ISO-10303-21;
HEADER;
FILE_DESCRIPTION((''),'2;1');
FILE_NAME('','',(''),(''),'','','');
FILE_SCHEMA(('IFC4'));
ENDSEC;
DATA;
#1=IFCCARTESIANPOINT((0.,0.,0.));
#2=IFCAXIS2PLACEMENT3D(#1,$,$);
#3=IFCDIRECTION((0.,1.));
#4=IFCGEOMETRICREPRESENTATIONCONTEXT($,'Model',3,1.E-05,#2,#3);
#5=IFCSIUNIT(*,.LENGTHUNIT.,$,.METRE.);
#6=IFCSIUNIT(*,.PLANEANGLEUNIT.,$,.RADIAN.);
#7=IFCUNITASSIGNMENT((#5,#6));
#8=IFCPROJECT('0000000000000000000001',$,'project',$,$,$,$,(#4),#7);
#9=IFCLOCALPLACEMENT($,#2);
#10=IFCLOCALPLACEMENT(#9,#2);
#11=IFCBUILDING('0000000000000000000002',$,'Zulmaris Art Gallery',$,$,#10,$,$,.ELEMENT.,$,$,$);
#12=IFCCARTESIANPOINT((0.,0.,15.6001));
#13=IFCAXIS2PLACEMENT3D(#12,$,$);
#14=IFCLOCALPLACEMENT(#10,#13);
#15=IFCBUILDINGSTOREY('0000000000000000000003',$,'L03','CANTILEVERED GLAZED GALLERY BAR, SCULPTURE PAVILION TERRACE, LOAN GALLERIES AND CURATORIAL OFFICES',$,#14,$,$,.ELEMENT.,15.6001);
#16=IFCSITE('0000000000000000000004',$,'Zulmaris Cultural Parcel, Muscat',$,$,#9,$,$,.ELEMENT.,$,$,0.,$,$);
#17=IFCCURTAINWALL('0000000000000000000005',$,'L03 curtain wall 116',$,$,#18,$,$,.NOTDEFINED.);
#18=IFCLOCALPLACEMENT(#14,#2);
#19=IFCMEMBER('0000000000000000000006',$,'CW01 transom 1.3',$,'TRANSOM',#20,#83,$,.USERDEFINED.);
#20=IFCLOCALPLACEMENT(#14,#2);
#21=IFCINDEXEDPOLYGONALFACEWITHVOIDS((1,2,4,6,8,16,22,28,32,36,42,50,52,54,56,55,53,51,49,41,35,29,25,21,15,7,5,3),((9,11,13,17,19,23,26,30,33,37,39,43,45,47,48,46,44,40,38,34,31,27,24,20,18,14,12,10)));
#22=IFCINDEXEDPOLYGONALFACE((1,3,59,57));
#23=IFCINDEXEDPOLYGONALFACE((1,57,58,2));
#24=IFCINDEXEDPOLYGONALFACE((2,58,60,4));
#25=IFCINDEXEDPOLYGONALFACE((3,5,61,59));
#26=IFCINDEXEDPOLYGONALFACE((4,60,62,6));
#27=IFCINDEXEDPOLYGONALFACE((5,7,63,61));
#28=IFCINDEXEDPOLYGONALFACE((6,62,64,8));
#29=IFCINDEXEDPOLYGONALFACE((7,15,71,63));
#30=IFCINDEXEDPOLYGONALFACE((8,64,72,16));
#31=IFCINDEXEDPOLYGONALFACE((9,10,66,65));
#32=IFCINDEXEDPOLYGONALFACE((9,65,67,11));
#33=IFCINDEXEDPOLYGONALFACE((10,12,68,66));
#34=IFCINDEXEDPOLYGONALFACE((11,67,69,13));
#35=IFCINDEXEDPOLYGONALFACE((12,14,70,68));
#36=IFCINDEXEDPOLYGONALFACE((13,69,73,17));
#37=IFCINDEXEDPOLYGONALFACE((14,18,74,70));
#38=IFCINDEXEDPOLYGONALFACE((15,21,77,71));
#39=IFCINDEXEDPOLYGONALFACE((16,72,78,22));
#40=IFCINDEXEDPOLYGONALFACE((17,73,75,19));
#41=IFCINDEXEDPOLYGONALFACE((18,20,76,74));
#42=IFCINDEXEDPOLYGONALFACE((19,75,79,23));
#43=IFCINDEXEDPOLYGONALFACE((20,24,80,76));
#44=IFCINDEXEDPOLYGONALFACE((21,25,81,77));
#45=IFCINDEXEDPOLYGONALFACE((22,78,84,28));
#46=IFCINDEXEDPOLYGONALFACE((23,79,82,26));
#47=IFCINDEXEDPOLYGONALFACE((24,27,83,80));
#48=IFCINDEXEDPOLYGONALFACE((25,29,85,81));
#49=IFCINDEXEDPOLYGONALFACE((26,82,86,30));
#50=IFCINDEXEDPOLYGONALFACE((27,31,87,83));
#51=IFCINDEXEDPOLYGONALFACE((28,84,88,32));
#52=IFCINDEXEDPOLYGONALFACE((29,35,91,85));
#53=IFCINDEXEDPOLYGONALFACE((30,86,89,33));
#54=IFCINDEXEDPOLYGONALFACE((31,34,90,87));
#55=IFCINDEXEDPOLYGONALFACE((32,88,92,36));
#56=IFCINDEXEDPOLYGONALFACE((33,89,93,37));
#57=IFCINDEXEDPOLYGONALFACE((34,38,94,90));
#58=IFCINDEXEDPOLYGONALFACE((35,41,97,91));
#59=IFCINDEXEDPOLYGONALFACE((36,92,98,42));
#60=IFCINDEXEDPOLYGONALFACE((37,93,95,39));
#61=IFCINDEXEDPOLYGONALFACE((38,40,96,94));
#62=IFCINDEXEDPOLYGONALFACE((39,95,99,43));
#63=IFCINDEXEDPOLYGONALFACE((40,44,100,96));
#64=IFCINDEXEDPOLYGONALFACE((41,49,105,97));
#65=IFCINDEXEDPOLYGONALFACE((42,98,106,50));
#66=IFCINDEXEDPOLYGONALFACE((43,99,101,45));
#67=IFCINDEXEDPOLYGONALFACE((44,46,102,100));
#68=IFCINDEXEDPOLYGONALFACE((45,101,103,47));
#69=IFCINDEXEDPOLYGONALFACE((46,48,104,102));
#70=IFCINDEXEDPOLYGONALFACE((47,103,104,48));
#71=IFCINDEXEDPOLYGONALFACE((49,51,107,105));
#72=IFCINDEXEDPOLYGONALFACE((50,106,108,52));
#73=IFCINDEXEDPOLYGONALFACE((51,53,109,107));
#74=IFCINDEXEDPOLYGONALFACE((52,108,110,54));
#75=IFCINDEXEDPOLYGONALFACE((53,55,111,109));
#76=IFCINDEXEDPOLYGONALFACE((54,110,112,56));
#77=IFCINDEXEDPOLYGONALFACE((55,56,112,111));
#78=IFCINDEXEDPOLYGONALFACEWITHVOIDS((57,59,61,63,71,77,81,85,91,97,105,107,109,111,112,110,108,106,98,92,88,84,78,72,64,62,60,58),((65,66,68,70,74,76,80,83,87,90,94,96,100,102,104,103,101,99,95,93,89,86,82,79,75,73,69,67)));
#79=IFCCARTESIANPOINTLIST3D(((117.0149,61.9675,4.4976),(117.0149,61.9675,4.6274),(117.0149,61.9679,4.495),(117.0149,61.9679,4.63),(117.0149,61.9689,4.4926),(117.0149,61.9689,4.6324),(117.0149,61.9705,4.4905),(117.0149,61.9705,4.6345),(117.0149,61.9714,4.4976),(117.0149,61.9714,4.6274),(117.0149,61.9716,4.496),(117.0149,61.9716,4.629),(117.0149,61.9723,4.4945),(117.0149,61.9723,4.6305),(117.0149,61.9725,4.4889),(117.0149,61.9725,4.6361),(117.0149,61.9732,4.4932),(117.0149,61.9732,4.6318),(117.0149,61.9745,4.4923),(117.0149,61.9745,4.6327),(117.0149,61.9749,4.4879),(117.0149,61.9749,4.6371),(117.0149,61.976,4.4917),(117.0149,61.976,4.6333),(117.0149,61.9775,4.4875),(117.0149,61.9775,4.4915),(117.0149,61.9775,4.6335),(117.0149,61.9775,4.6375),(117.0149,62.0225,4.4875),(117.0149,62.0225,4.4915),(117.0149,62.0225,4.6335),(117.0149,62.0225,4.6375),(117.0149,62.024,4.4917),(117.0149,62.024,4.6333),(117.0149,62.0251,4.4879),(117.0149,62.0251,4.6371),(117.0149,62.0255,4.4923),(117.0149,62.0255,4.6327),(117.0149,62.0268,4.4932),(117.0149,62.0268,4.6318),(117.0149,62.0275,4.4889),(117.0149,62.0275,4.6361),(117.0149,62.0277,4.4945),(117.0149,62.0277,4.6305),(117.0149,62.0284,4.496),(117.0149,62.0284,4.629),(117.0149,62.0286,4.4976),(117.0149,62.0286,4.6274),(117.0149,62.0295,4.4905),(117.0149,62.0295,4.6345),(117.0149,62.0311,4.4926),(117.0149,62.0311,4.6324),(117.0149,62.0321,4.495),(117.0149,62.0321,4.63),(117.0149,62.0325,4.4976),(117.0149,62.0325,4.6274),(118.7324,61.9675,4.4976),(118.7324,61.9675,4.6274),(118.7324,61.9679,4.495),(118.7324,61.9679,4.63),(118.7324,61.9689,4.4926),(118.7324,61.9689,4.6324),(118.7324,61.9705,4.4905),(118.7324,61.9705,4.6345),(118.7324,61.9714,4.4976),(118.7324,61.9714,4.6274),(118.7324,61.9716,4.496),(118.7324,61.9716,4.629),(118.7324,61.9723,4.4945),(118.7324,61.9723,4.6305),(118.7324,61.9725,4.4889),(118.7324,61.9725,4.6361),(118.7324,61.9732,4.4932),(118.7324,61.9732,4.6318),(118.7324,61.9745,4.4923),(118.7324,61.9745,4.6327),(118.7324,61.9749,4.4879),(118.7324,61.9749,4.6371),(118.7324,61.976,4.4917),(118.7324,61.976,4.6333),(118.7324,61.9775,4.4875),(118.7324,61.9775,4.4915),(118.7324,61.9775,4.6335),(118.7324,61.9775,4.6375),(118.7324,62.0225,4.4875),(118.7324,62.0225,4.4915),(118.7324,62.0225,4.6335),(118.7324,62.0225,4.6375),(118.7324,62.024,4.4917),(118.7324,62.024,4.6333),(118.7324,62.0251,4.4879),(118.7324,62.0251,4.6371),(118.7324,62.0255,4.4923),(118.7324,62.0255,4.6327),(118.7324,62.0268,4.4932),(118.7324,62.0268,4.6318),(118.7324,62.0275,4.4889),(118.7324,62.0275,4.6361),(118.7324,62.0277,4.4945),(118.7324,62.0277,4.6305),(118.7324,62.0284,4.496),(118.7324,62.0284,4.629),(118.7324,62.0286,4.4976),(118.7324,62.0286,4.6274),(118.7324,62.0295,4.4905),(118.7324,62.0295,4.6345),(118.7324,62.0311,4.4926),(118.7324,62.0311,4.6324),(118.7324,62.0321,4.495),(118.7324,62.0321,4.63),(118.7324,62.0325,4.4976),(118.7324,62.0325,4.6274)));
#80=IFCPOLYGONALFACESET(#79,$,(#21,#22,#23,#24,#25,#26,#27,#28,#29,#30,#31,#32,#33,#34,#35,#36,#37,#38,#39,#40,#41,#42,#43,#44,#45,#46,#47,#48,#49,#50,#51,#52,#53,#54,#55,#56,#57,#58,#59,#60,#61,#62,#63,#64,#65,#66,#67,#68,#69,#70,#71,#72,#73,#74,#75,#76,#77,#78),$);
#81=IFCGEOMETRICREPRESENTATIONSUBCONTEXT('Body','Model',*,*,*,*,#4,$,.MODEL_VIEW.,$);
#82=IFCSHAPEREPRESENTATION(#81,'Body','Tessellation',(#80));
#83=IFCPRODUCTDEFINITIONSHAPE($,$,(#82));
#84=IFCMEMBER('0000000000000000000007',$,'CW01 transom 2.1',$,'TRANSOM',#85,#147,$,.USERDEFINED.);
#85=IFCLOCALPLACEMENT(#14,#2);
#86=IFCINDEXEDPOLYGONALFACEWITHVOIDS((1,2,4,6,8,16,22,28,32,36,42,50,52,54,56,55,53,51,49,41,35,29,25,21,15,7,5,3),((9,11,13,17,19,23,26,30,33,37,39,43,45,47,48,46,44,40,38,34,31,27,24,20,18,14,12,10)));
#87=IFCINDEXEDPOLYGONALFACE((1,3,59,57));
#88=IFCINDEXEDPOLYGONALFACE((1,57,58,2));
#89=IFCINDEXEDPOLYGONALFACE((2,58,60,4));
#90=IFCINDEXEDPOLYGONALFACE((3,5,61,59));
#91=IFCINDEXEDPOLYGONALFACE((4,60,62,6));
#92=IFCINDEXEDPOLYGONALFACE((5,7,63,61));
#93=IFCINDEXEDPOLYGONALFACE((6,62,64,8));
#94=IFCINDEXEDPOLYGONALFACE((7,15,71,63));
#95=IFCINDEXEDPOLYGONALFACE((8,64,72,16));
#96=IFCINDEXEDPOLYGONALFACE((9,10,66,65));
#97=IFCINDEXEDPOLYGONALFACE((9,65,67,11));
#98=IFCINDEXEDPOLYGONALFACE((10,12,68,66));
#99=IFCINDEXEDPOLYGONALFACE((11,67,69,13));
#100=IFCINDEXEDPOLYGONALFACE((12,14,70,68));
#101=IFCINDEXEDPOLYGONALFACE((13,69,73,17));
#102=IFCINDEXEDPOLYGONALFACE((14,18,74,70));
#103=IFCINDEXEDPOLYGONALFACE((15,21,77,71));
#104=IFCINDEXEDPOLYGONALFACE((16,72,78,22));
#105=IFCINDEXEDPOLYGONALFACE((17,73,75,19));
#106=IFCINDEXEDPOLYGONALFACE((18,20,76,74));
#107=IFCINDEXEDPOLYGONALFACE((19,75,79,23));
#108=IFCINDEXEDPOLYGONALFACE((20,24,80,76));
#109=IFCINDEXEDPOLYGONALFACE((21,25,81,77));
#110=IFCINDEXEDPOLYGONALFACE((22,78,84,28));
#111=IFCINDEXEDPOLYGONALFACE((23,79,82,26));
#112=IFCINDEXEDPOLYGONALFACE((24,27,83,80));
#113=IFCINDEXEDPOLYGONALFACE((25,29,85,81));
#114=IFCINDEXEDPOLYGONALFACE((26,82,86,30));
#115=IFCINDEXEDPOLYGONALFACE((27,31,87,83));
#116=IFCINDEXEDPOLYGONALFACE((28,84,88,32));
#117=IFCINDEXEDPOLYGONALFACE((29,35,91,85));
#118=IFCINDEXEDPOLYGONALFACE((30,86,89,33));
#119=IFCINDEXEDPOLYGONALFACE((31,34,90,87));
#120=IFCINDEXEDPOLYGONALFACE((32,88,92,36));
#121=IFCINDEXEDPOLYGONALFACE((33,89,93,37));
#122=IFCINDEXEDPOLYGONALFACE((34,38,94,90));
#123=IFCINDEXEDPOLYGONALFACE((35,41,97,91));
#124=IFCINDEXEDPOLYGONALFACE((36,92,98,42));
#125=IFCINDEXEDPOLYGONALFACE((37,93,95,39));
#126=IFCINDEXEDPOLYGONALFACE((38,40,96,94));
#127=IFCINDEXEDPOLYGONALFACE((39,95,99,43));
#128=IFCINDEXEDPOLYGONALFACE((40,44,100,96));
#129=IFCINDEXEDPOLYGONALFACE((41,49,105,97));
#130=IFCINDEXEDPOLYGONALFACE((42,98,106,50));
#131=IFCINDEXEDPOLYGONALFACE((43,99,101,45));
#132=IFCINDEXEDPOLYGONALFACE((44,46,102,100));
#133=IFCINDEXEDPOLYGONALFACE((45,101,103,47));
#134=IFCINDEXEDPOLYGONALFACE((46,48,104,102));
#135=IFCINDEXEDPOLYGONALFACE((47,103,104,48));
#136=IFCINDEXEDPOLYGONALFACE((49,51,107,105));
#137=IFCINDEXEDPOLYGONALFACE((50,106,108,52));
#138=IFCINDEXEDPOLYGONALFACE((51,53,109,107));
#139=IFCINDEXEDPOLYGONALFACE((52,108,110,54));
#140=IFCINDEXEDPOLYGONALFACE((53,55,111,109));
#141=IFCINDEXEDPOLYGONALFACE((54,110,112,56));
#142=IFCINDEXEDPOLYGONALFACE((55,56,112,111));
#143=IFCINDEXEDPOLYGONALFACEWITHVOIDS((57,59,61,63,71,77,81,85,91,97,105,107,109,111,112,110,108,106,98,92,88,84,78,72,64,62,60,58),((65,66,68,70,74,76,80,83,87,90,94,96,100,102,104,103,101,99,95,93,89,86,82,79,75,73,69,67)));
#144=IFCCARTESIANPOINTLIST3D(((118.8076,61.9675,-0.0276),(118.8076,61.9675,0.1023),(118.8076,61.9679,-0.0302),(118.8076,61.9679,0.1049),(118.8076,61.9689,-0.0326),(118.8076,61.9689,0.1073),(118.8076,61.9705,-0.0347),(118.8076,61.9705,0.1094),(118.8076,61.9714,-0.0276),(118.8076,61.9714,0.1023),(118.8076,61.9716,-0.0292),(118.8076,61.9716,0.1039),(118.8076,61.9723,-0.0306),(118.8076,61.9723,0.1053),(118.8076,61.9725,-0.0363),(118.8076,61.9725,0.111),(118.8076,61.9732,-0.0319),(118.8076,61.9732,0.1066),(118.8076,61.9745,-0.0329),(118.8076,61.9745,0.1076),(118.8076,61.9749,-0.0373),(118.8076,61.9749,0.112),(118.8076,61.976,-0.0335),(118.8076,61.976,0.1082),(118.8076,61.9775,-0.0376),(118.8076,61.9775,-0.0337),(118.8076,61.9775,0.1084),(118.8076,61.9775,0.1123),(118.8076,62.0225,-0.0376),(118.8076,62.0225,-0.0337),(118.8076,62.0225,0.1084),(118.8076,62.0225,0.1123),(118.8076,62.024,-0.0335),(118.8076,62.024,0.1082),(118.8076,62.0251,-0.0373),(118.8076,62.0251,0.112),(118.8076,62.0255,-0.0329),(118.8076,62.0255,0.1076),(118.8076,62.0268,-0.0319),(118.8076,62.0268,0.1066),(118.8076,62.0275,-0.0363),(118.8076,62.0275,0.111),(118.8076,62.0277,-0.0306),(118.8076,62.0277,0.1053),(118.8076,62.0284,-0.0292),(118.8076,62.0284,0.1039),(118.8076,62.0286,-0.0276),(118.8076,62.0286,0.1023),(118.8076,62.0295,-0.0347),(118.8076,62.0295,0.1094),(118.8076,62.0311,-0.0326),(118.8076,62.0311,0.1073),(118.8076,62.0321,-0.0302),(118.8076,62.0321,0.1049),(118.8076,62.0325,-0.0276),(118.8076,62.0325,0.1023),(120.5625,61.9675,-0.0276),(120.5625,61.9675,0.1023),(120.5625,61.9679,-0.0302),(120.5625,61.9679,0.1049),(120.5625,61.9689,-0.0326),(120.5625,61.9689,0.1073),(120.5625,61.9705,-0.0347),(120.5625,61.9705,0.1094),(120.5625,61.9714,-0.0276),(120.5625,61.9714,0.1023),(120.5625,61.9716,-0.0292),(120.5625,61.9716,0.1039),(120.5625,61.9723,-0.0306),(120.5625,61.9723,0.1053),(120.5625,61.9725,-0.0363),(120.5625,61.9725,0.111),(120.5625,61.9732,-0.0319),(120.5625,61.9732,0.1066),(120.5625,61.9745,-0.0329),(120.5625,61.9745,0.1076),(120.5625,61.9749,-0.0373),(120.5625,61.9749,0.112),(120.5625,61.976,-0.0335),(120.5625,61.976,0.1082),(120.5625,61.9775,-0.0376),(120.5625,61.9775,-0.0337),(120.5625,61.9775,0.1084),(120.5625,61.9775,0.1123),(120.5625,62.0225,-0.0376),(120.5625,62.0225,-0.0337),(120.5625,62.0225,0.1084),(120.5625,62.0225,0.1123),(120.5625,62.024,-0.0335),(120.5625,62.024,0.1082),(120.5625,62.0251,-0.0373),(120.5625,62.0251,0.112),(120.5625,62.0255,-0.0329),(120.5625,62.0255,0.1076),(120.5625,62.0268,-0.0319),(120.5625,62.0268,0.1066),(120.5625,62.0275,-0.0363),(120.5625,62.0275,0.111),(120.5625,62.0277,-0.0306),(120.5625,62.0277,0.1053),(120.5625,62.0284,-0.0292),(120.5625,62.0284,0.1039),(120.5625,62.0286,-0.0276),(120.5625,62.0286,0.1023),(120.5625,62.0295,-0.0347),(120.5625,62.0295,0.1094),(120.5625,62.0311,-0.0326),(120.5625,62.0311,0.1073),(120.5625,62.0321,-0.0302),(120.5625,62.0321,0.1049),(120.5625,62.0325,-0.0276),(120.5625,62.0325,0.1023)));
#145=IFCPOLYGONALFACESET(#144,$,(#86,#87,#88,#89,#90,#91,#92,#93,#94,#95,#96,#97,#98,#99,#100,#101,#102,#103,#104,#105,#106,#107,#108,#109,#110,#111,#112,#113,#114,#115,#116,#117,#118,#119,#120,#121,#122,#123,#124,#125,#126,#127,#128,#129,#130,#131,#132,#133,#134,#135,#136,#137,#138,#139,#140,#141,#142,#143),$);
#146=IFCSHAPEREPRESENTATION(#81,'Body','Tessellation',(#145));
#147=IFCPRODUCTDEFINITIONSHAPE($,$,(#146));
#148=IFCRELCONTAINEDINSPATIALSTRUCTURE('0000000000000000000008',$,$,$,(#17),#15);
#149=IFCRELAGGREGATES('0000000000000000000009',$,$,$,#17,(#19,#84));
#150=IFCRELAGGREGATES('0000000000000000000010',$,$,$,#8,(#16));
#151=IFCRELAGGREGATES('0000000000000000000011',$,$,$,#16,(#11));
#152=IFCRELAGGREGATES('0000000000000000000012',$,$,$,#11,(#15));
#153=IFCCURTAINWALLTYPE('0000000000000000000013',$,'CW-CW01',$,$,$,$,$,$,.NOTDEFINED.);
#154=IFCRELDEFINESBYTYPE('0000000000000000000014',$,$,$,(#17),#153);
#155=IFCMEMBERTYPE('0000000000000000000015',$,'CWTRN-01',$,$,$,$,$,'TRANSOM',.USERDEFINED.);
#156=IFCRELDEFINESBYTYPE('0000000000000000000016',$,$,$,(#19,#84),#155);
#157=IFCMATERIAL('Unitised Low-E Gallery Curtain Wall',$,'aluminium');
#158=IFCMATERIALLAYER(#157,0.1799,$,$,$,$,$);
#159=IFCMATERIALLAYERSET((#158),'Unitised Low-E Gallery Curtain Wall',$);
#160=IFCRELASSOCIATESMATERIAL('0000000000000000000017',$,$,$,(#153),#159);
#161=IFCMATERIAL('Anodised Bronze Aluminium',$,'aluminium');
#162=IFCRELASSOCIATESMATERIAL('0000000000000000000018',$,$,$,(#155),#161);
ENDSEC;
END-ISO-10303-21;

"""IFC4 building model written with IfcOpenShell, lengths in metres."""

from ifc_helpers import new_model, si_unit, direction, frame, origin, origin_2d, place, context, subcontext, project, spatial, hollow_rectangle, extrude, material, layer, layer_set, material_profile, profile_set, type_object, element, aggregate, save


model = new_model("IFC4")

# Units and contexts
model_context = context("Model", 3, precision=1e-05, world=origin(), true_north=direction((0.0, 1.0)))
body_context = subcontext(model_context, "Body", "Model", "MODEL_VIEW")
ifc_project = project(units=[si_unit("LENGTHUNIT", "METRE"), si_unit("PLANEANGLEUNIT", "RADIAN")], contexts=[model_context])

# Site, building, storey
site_placement = place(None, origin())
site = spatial("IfcSite", under=ifc_project, at=site_placement, Name="Zulmaris Cultural Parcel, Muscat", CompositionType="ELEMENT", RefElevation=0.0)
building_placement = place(site_placement, origin())
building = spatial("IfcBuilding", under=site, at=building_placement, Name="Zulmaris Art Gallery", CompositionType="ELEMENT")
storey_placement = place(building_placement, frame((0.0, 0.0, 15.6001)))
storey = spatial("IfcBuildingStorey", under=building, at=storey_placement, Name="L03", Description="CANTILEVERED GLAZED GALLERY BAR, SCULPTURE PAVILION TERRACE, LOAN GALLERIES AND CURATORIAL OFFICES", CompositionType="ELEMENT", Elevation=15.6001)

# Curtain wall
ifc_material_1 = material(Name="Unitised Low-E Gallery Curtain Wall", Category="aluminium")
ifc_layer_1 = layer(ifc_material_1, 0.1799)
ifc_layer_set_1 = layer_set([ifc_layer_1], Name="Unitised Low-E Gallery Curtain Wall")
curtain_wall_type = type_object("IfcCurtainWallType", Name="CW-CW01", PredefinedType="NOTDEFINED", material=ifc_layer_set_1)
ifc_material_2 = material(Name="Anodised Bronze Aluminium", Category="aluminium")
curtain_wall_1_placement = place(storey_placement, origin())
curtain_wall_1 = element("IfcCurtainWall", 1, at=curtain_wall_1_placement, inside=storey, type_object=curtain_wall_type, Name="L03 curtain wall 116", PredefinedType="NOTDEFINED")

# Members
ifc_material_profile_1 = material_profile(ifc_material_2, hollow_rectangle(XDim=0.0649, YDim=0.1499, WallThickness=0.0039, InnerFilletRadius=0.0061, OuterFilletRadius=0.01, at=origin_2d()), Name="ALU 65x150x4")
ifc_profile_set_1 = profile_set([ifc_material_profile_1], Name="Anodised Bronze Aluminium")
member_type_1 = type_object("IfcMemberType", Name="CWTRN-01", ElementType="TRANSOM", PredefinedType="USERDEFINED", material=ifc_profile_set_1)
member_1_placement = place(storey_placement, frame((117.0149, 62.0, 4.5625), z_axis=(1.0, 0.0, 0.0), x_axis=(0.0, 1.0, 0.0)))
member_1 = element("IfcMember", 2, at=member_1_placement, type_object=member_type_1, Name="CW01 transom 1.3", ObjectType="TRANSOM", PredefinedType="USERDEFINED", context=body_context, shape_type="SweptSolid", body=[
    extrude(hollow_rectangle(XDim=0.0649, YDim=0.1499, WallThickness=0.0039, InnerFilletRadius=0.0061, OuterFilletRadius=0.01, at=origin_2d()), origin(), (0.0, 0.0, 1.0), 1.7175),
])
member_2_placement = place(storey_placement, frame((118.8076, 62.0, 0.0374), z_axis=(1.0, 0.0, 0.0), x_axis=(0.0, 1.0, 0.0)))
member_2 = element("IfcMember", 3, at=member_2_placement, type_object=member_type_1, Name="CW01 transom 2.1", ObjectType="TRANSOM", PredefinedType="USERDEFINED", context=body_context, shape_type="SweptSolid", body=[
    extrude(hollow_rectangle(XDim=0.0649, YDim=0.1499, WallThickness=0.0039, InnerFilletRadius=0.0061, OuterFilletRadius=0.01, at=origin_2d()), origin(), (0.0, 0.0, 1.0), 1.7549),
])

aggregate(curtain_wall_1, [member_1, member_2])

save(model, "model.ifc")
